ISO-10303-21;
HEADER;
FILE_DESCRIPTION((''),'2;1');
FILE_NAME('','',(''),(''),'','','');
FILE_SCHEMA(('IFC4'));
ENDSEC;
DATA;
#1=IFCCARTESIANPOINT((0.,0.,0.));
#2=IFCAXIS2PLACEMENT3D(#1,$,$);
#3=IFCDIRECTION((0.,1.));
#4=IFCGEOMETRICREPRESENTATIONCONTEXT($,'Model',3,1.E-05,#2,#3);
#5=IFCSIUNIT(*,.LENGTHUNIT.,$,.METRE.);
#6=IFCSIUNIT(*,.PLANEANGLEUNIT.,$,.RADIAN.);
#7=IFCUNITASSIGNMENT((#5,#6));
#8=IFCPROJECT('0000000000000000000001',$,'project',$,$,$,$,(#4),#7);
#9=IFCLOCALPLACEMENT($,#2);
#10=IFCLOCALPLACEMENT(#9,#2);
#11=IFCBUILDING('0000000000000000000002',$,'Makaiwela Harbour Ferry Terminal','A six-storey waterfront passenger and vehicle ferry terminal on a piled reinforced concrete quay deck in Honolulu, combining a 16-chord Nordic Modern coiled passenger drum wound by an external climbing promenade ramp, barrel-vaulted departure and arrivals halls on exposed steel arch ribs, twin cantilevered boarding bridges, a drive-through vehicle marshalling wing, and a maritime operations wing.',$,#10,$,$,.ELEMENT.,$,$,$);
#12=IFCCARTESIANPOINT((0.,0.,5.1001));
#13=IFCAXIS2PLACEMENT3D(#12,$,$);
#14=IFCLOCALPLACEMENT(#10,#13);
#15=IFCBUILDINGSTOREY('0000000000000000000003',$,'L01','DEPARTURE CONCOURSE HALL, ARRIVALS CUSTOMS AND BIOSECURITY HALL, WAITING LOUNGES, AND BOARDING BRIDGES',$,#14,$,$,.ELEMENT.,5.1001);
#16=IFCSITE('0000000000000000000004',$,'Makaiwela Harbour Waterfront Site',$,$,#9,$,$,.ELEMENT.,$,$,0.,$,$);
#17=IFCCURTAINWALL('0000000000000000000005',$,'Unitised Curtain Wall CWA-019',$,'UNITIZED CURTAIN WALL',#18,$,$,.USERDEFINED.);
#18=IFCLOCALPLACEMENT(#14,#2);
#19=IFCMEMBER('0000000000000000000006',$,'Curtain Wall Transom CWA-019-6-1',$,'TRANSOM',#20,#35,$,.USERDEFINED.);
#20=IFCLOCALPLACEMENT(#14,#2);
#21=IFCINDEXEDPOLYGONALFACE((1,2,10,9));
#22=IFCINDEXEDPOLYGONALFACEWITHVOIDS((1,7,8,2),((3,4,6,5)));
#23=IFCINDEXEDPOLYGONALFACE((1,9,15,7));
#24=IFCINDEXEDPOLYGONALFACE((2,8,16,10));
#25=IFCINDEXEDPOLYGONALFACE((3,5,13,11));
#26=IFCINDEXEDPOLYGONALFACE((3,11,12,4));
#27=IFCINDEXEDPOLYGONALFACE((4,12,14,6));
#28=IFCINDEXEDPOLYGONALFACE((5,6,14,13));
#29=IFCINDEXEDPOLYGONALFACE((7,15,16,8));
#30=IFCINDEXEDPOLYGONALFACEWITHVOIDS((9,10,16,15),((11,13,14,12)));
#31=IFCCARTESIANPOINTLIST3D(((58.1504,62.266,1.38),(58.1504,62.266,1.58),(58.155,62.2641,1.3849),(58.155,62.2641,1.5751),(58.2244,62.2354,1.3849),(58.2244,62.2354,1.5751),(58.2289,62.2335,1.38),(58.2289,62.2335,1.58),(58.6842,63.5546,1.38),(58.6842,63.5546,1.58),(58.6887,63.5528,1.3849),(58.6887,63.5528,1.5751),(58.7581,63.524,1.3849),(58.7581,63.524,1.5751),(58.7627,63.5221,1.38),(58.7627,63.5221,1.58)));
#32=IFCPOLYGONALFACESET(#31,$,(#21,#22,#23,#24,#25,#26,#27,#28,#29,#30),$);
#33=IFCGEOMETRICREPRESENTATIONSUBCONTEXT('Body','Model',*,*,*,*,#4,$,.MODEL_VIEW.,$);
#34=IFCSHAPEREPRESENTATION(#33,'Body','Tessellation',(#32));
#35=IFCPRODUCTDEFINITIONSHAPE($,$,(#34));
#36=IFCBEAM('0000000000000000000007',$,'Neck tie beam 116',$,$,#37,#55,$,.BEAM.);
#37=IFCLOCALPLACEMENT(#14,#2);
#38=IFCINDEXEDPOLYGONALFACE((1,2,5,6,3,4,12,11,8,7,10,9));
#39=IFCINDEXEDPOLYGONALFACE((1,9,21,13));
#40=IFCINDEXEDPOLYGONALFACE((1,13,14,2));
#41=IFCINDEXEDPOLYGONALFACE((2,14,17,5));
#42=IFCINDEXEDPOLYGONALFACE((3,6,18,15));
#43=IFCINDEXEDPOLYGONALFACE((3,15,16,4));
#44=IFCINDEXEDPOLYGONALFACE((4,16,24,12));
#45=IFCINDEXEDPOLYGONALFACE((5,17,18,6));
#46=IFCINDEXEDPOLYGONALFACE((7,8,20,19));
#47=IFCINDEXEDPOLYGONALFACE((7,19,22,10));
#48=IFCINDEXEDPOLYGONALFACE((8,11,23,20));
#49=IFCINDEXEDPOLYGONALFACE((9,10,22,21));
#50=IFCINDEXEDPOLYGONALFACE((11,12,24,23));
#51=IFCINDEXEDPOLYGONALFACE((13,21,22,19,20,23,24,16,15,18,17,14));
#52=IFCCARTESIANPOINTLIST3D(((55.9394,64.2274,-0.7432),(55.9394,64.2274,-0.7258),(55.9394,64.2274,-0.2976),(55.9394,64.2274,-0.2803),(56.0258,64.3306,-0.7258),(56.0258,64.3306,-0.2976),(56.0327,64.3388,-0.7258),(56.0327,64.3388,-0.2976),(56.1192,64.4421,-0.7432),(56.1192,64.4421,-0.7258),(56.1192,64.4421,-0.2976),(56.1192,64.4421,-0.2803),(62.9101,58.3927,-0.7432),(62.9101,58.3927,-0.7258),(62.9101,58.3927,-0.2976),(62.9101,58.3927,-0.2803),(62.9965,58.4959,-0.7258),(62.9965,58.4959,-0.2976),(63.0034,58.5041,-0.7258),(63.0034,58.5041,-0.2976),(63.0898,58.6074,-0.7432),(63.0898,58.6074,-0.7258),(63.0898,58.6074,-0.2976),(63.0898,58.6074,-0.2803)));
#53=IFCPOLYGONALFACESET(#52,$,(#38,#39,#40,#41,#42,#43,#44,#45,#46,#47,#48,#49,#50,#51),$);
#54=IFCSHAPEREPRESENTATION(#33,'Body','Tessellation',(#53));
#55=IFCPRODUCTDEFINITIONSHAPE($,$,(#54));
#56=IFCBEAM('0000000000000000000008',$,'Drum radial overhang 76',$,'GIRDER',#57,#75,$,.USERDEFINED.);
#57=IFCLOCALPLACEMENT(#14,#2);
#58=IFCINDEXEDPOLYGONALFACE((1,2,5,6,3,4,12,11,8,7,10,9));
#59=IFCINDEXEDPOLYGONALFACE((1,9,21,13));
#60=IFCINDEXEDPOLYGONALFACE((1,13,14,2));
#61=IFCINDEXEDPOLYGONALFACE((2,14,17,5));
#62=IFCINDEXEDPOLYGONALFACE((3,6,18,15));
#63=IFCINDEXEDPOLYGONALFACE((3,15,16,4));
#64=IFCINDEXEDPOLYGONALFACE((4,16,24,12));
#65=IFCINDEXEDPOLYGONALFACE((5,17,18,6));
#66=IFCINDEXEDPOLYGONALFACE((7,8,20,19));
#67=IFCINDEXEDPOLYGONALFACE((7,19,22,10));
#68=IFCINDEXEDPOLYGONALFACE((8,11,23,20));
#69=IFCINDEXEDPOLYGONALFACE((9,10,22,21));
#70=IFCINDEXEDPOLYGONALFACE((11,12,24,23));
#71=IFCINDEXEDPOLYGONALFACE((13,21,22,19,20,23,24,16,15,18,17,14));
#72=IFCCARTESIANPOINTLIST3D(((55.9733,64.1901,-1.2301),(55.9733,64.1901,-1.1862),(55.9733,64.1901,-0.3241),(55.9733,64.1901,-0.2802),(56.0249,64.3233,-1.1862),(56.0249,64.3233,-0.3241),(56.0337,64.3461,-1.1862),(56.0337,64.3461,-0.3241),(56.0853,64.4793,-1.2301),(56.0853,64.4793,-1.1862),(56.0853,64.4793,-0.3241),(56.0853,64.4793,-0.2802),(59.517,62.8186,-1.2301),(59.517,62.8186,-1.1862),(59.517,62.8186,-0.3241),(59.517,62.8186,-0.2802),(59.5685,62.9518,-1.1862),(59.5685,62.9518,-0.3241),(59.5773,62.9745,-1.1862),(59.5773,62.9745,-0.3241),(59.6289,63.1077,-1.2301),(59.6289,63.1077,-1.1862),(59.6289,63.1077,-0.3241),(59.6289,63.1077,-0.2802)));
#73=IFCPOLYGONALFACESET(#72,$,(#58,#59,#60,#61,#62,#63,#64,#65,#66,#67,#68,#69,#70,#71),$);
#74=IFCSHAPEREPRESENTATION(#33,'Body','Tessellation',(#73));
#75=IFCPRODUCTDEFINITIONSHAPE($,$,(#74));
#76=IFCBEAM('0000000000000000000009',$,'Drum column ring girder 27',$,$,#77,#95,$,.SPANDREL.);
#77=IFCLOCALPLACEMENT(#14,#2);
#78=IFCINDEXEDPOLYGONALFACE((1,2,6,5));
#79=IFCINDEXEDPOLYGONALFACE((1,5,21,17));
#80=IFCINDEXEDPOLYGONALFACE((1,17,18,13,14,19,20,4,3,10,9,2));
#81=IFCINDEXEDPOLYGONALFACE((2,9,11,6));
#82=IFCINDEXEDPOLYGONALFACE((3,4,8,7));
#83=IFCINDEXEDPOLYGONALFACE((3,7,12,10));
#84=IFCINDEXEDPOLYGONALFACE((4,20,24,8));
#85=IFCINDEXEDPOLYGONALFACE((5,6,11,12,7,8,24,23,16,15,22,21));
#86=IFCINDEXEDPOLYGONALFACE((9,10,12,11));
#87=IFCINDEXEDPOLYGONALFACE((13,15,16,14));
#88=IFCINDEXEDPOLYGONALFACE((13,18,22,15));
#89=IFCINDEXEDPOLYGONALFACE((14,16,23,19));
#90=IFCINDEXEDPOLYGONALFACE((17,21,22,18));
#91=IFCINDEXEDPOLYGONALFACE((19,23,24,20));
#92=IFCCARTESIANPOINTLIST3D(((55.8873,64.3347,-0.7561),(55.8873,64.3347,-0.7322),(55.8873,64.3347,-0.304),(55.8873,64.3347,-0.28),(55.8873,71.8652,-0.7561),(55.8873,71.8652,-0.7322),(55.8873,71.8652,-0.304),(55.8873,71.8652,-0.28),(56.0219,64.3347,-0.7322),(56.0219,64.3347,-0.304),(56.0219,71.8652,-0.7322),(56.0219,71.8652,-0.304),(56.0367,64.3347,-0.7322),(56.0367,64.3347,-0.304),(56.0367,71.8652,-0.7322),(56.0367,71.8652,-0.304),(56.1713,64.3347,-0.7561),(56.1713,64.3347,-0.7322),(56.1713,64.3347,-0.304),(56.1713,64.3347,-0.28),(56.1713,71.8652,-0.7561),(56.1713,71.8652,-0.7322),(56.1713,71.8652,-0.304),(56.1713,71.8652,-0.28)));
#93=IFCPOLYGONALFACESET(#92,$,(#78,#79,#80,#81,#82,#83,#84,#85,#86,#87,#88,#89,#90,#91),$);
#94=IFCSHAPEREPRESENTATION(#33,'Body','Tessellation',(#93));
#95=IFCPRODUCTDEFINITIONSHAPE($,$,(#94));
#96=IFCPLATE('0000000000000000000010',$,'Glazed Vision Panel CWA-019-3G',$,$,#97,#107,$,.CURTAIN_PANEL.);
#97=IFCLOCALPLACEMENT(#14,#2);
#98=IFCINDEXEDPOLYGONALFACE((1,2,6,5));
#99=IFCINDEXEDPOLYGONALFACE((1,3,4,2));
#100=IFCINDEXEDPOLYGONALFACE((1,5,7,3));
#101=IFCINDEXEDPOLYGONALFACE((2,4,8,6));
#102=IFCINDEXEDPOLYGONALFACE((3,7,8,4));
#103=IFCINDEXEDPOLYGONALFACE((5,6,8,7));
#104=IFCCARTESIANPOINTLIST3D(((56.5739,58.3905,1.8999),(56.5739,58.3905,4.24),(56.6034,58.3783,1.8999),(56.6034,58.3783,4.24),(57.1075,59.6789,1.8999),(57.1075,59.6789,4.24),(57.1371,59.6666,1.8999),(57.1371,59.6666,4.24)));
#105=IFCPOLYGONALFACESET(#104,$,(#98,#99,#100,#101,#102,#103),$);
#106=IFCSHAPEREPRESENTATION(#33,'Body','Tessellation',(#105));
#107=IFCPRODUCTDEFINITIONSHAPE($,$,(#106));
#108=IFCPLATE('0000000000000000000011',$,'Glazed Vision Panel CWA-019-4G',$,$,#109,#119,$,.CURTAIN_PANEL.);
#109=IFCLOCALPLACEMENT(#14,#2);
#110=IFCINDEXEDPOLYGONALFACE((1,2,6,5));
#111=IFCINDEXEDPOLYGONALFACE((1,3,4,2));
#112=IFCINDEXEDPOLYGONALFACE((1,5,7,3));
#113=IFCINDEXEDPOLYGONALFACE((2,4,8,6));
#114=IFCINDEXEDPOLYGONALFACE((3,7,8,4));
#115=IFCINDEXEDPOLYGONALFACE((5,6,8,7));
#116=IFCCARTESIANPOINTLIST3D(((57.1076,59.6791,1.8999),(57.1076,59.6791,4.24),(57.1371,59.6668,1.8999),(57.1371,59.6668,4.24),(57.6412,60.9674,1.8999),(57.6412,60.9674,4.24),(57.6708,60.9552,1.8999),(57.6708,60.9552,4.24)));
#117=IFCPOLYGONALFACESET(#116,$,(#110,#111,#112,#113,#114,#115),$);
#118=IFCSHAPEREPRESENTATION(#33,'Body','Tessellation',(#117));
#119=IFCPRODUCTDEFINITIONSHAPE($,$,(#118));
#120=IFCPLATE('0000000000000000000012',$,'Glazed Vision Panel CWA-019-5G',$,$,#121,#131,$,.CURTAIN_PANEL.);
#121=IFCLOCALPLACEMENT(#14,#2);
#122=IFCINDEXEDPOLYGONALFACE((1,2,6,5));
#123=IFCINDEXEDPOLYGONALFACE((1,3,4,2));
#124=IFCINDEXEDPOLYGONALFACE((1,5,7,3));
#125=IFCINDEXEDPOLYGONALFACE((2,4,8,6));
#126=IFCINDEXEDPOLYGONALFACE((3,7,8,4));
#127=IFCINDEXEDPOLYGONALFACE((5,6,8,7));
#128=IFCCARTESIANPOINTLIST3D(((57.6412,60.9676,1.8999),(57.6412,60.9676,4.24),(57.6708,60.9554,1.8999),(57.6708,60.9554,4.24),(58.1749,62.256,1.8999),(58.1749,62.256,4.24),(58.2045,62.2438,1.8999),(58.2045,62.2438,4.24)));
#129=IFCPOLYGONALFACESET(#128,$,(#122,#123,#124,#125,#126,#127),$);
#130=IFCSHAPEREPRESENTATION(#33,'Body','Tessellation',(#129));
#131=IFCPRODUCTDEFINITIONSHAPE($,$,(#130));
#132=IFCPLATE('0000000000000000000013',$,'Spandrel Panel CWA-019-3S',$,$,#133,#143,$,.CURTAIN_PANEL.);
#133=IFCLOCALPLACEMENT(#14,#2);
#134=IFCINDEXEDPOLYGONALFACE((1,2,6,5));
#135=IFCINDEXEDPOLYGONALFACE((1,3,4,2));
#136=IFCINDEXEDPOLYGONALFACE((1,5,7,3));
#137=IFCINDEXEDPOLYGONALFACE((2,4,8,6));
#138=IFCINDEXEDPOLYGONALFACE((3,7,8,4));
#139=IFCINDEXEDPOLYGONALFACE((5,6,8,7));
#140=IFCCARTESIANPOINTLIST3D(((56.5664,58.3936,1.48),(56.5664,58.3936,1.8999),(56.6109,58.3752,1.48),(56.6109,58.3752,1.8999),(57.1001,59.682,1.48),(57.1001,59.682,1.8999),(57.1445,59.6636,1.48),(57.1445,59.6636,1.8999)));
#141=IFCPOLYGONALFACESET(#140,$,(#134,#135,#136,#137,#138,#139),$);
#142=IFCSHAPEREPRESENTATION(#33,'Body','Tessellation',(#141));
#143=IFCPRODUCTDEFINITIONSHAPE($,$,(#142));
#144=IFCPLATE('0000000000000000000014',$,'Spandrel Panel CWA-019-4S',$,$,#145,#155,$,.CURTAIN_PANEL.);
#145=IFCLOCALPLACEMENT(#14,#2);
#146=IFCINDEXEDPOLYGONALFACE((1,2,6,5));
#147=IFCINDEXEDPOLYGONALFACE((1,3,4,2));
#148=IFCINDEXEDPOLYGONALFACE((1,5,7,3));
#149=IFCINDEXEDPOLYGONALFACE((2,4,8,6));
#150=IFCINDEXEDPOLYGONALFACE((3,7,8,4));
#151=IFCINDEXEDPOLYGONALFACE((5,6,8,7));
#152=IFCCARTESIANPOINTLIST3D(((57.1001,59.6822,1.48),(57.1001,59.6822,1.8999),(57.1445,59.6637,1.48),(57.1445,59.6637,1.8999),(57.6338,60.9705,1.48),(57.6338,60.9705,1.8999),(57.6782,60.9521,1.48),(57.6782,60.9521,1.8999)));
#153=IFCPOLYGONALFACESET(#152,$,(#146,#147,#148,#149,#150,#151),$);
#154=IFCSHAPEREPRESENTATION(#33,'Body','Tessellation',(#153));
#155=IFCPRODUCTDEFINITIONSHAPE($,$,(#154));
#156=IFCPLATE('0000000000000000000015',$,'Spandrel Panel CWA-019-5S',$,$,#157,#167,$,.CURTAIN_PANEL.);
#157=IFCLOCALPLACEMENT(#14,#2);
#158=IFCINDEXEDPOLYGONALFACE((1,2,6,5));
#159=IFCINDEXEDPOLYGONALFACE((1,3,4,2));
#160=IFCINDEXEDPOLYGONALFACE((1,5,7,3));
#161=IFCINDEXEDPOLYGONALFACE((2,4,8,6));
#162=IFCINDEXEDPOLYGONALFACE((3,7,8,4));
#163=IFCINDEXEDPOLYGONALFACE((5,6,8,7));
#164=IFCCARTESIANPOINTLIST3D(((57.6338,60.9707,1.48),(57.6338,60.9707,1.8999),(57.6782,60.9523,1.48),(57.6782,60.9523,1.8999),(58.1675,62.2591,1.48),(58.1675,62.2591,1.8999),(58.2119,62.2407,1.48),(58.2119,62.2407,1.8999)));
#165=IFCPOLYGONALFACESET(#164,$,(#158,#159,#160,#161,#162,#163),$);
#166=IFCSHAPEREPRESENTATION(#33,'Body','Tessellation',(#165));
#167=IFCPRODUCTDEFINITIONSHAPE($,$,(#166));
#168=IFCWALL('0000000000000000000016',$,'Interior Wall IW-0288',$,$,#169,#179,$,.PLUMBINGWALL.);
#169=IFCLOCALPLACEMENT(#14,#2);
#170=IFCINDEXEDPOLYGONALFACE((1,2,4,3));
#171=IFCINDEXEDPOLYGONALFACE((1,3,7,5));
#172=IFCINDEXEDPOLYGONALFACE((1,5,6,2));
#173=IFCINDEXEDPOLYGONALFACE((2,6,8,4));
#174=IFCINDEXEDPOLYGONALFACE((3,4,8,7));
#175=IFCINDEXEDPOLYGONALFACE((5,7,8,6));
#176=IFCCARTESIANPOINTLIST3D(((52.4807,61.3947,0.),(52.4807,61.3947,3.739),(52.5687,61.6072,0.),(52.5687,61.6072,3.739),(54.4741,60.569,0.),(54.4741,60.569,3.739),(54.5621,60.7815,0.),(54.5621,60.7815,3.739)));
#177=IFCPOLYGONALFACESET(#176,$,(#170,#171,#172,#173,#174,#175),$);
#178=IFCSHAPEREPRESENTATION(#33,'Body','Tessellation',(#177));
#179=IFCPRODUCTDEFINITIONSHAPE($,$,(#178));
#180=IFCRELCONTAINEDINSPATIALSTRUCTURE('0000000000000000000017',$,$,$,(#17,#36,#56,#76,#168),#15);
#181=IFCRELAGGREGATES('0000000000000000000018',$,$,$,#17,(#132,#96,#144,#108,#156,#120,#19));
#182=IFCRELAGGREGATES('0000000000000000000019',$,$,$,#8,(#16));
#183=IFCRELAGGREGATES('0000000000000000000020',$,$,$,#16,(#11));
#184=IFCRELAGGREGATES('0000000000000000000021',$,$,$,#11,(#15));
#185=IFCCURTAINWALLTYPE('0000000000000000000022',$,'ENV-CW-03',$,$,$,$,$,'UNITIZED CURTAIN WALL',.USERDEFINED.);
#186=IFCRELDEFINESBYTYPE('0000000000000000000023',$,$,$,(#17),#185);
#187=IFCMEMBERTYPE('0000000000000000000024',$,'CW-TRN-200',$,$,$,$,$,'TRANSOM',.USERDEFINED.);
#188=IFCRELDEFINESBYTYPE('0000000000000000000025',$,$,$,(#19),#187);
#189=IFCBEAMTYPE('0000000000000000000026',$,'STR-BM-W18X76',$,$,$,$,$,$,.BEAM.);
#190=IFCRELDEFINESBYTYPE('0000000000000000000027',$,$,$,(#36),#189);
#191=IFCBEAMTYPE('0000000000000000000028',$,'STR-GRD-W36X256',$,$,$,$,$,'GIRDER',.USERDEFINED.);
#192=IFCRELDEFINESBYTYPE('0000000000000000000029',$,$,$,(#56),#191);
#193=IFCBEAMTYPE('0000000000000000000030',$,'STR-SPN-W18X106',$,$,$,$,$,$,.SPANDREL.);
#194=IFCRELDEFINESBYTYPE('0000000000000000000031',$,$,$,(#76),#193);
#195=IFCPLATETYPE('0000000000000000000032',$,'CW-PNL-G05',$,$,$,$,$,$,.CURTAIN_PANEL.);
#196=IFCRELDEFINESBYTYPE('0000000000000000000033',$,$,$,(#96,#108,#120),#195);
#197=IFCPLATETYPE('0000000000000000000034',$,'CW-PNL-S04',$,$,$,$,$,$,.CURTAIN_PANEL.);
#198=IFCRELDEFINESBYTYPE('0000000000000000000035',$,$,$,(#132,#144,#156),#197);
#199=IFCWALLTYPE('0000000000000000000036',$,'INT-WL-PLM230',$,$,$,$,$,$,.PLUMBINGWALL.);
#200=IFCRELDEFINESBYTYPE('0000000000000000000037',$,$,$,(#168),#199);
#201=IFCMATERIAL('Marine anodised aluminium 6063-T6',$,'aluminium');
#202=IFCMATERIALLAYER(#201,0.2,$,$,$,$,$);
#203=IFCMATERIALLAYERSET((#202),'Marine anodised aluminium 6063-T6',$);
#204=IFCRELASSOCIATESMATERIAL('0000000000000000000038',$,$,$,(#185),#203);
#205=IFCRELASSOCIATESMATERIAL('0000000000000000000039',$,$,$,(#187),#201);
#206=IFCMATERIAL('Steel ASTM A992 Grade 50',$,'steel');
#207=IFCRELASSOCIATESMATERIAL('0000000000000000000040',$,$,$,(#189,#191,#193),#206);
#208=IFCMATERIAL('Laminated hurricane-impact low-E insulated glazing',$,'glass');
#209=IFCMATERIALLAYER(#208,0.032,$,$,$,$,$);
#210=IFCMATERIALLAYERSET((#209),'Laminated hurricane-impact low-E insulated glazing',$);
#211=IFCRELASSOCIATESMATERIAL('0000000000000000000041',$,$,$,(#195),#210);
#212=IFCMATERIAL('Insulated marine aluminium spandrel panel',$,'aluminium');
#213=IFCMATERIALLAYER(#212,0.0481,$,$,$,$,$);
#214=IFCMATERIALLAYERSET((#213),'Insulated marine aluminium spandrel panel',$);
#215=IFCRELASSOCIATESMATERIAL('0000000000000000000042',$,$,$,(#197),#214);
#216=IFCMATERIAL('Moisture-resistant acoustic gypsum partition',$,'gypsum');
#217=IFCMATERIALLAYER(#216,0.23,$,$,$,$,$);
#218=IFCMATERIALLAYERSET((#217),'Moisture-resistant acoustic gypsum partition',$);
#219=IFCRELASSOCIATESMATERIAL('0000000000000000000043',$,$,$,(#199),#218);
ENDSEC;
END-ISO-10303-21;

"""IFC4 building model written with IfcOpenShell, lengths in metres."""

from ifc_helpers import new_model, si_unit, direction, frame, frame_2d, origin, origin_2d, place, context, subcontext, project, spatial, rectangle, hollow_rectangle, i_section, extrude, material, layer, layer_set, material_profile, profile_set, type_object, element, aggregate, save


model = new_model("IFC4")

# Units and contexts
model_context = context("Model", 3, precision=1e-05, world=origin(), true_north=direction((0.0, 1.0)))
body_context = subcontext(model_context, "Body", "Model", "MODEL_VIEW")
ifc_project = project(units=[si_unit("LENGTHUNIT", "METRE"), si_unit("PLANEANGLEUNIT", "RADIAN")], contexts=[model_context])

# Site, building, storey
site_placement = place(None, origin())
site = spatial("IfcSite", under=ifc_project, at=site_placement, Name="Makaiwela Harbour Waterfront Site", CompositionType="ELEMENT", RefElevation=0.0)
building_placement = place(site_placement, origin())
building = spatial("IfcBuilding", under=site, at=building_placement, Name="Makaiwela Harbour Ferry Terminal", Description="A six-storey waterfront passenger and vehicle ferry terminal on a piled reinforced concrete quay deck in Honolulu, combining a 16-chord Nordic Modern coiled passenger drum wound by an external climbing promenade ramp, barrel-vaulted departure and arrivals halls on exposed steel arch ribs, twin cantilevered boarding bridges, a drive-through vehicle marshalling wing, and a maritime operations wing.", CompositionType="ELEMENT")
storey_placement = place(building_placement, frame((0.0, 0.0, 5.1001)))
storey = spatial("IfcBuildingStorey", under=building, at=storey_placement, Name="L01", Description="DEPARTURE CONCOURSE HALL, ARRIVALS CUSTOMS AND BIOSECURITY HALL, WAITING LOUNGES, AND BOARDING BRIDGES", CompositionType="ELEMENT", Elevation=5.1001)

# Shared definitions
ifc_material_1 = material(Name="Steel ASTM A992 Grade 50", Category="steel")

# Curtain wall, member
ifc_material_2 = material(Name="Marine anodised aluminium 6063-T6", Category="aluminium")
ifc_layer_1 = layer(ifc_material_2, 0.2)
ifc_layer_set_1 = layer_set([ifc_layer_1], Name="Marine anodised aluminium 6063-T6")
curtain_wall_type = type_object("IfcCurtainWallType", Name="ENV-CW-03", ElementType="UNITIZED CURTAIN WALL", PredefinedType="USERDEFINED", material=ifc_layer_set_1)
curtain_wall_placement = place(storey_placement, origin())
curtain_wall = element("IfcCurtainWall", 1, at=curtain_wall_placement, inside=storey, type_object=curtain_wall_type, Name="Unitised Curtain Wall CWA-019", ObjectType="UNITIZED CURTAIN WALL", PredefinedType="USERDEFINED")
ifc_material_profile_1 = material_profile(ifc_material_2, hollow_rectangle(XDim=0.085, YDim=0.2, WallThickness=0.0049, at=origin_2d()), Name="CWT-200X85")
ifc_profile_set_1 = profile_set([ifc_material_profile_1], Name="Marine anodised aluminium 6063-T6")
member_type_1 = type_object("IfcMemberType", Name="CW-TRN-200", ElementType="TRANSOM", PredefinedType="USERDEFINED", material=ifc_profile_set_1)
member_1_placement = place(storey_placement, frame((58.1897, 62.2498, 1.48), z_axis=(0.382651, 0.923893, 0.0), x_axis=(-0.923893, 0.382651, 0.0)))
member_1 = element("IfcMember", 2, at=member_1_placement, type_object=member_type_1, Name="Curtain Wall Transom CWA-019-6-1", ObjectType="TRANSOM", PredefinedType="USERDEFINED", context=body_context, shape_type="SweptSolid", body=[
    extrude(hollow_rectangle(XDim=0.085, YDim=0.2, WallThickness=0.0049, at=origin_2d()), origin(), (0.0, 0.0, 1.0), 1.3948),
])

# Beams
ifc_material_profile_2 = material_profile(ifc_material_1, i_section(OverallWidth=0.28, OverallDepth=0.4629, WebThickness=0.0107, FlangeThickness=0.0173, at=origin_2d()), Name="W18X76")
ifc_profile_set_2 = profile_set([ifc_material_profile_2], Name="Steel ASTM A992 Grade 50")
beam_type_1 = type_object("IfcBeamType", Name="STR-BM-W18X76", PredefinedType="BEAM", material=ifc_profile_set_2)
beam_1_placement = place(storey_placement, frame((56.0293, 64.3347, -0.5117), z_axis=(0.766824, -0.641858, 0.0), x_axis=(0.641858, 0.766824, 0.0)))
element("IfcBeam", 3, at=beam_1_placement, inside=storey, type_object=beam_type_1, Name="Neck tie beam 116", PredefinedType="BEAM", context=body_context, shape_type="SweptSolid", body=[
    extrude(i_section(OverallWidth=0.28, OverallDepth=0.4629, WebThickness=0.0107, FlangeThickness=0.0173, at=origin_2d()), origin(), (0.0, 0.0, 1.0), 9.0903),
])
ifc_material_profile_3 = material_profile(ifc_material_1, i_section(OverallWidth=0.3101, OverallDepth=0.95, WebThickness=0.0244, FlangeThickness=0.0439, at=origin_2d()), Name="W36X256")
ifc_profile_set_3 = profile_set([ifc_material_profile_3], Name="Steel ASTM A992 Grade 50")
beam_type_2 = type_object("IfcBeamType", Name="STR-GRD-W36X256", ElementType="GIRDER", PredefinedType="USERDEFINED", material=ifc_profile_set_3)
beam_2_placement = place(storey_placement, frame((56.0293, 64.3347, -0.7551), z_axis=(0.932583, -0.360954, 0.0), x_axis=(0.360954, 0.932583, 0.0)))
element("IfcBeam", 4, at=beam_2_placement, inside=storey, type_object=beam_type_2, Name="Drum radial overhang 76", ObjectType="GIRDER", PredefinedType="USERDEFINED", context=body_context, shape_type="SweptSolid", body=[
    extrude(i_section(OverallWidth=0.3101, OverallDepth=0.95, WebThickness=0.0244, FlangeThickness=0.0439, at=origin_2d()), origin(), (0.0, 0.0, 1.0), 3.7998),
])
ifc_material_profile_4 = material_profile(ifc_material_1, i_section(OverallWidth=0.2839, OverallDepth=0.4761, WebThickness=0.0149, FlangeThickness=0.0239, at=origin_2d()), Name="W18X106")
ifc_profile_set_4 = profile_set([ifc_material_profile_4], Name="Steel ASTM A992 Grade 50")
beam_type_3 = type_object("IfcBeamType", Name="STR-SPN-W18X106", PredefinedType="SPANDREL", material=ifc_profile_set_4)
beam_3_placement = place(storey_placement, frame((56.0293, 64.3347, -0.5181), z_axis=(0.0, 1.0, 0.0), x_axis=(-1.0, 0.0, 0.0)))
element("IfcBeam", 5, at=beam_3_placement, inside=storey, type_object=beam_type_3, Name="Drum column ring girder 27", PredefinedType="SPANDREL", context=body_context, shape_type="SweptSolid", body=[
    extrude(i_section(OverallWidth=0.2839, OverallDepth=0.4761, WebThickness=0.0149, FlangeThickness=0.0239, at=origin_2d()), origin(), (0.0, 0.0, 1.0), 7.5305),
])

# Plates
ifc_material_3 = material(Name="Laminated hurricane-impact low-E insulated glazing", Category="glass")
ifc_layer_2 = layer(ifc_material_3, 0.032)
ifc_layer_set_2 = layer_set([ifc_layer_2], Name="Laminated hurricane-impact low-E insulated glazing")
plate_type_1 = type_object("IfcPlateType", Name="CW-PNL-G05", PredefinedType="CURTAIN_PANEL", material=ifc_layer_set_2)
plate_1_placement = place(storey_placement, frame((56.8555, 59.0286, 1.8999), z_axis=(0.0, 0.0, 1.0), x_axis=(0.382683, 0.92388, 0.0)))
plate_1 = element("IfcPlate", 6, at=plate_1_placement, type_object=plate_type_1, Name="Glazed Vision Panel CWA-019-3G", PredefinedType="CURTAIN_PANEL", context=body_context, shape_type="SweptSolid", body=[
    extrude(rectangle(XDim=1.3945, YDim=0.032, at=origin_2d()), origin(), (0.0, 0.0, 1.0), 2.3401),
])
plate_2_placement = place(storey_placement, frame((57.3892, 60.3171, 1.8999), z_axis=(0.0, 0.0, 1.0), x_axis=(0.382683, 0.92388, 0.0)))
plate_2 = element("IfcPlate", 7, at=plate_2_placement, type_object=plate_type_1, Name="Glazed Vision Panel CWA-019-4G", PredefinedType="CURTAIN_PANEL", context=body_context, shape_type="SweptSolid", body=[
    extrude(rectangle(XDim=1.3945, YDim=0.032, at=origin_2d()), origin(), (0.0, 0.0, 1.0), 2.3401),
])
plate_3_placement = place(storey_placement, frame((57.9229, 61.6057, 1.8999), z_axis=(0.0, 0.0, 1.0), x_axis=(0.382683, 0.92388, 0.0)))
plate_3 = element("IfcPlate", 8, at=plate_3_placement, type_object=plate_type_1, Name="Glazed Vision Panel CWA-019-5G", PredefinedType="CURTAIN_PANEL", context=body_context, shape_type="SweptSolid", body=[
    extrude(rectangle(XDim=1.3945, YDim=0.032, at=origin_2d()), origin(), (0.0, 0.0, 1.0), 2.3401),
])
ifc_material_4 = material(Name="Insulated marine aluminium spandrel panel", Category="aluminium")
ifc_layer_3 = layer(ifc_material_4, 0.0481)
ifc_layer_set_3 = layer_set([ifc_layer_3], Name="Insulated marine aluminium spandrel panel")
plate_type_2 = type_object("IfcPlateType", Name="CW-PNL-S04", PredefinedType="CURTAIN_PANEL", material=ifc_layer_set_3)
plate_4_placement = place(storey_placement, frame((56.8555, 59.0286, 1.48), z_axis=(0.0, 0.0, 1.0), x_axis=(0.382683, 0.92388, 0.0)))
plate_4 = element("IfcPlate", 9, at=plate_4_placement, type_object=plate_type_2, Name="Spandrel Panel CWA-019-3S", PredefinedType="CURTAIN_PANEL", context=body_context, shape_type="SweptSolid", body=[
    extrude(rectangle(XDim=1.3945, YDim=0.0481, at=origin_2d()), origin(), (0.0, 0.0, 1.0), 0.4199),
])
plate_5_placement = place(storey_placement, frame((57.3892, 60.3171, 1.48), z_axis=(0.0, 0.0, 1.0), x_axis=(0.382683, 0.92388, 0.0)))
plate_5 = element("IfcPlate", 10, at=plate_5_placement, type_object=plate_type_2, Name="Spandrel Panel CWA-019-4S", PredefinedType="CURTAIN_PANEL", context=body_context, shape_type="SweptSolid", body=[
    extrude(rectangle(XDim=1.3945, YDim=0.0481, at=origin_2d()), origin(), (0.0, 0.0, 1.0), 0.4199),
])
plate_6_placement = place(storey_placement, frame((57.9229, 61.6057, 1.48), z_axis=(0.0, 0.0, 1.0), x_axis=(0.382683, 0.92388, 0.0)))
plate_6 = element("IfcPlate", 11, at=plate_6_placement, type_object=plate_type_2, Name="Spandrel Panel CWA-019-5S", PredefinedType="CURTAIN_PANEL", context=body_context, shape_type="SweptSolid", body=[
    extrude(rectangle(XDim=1.3945, YDim=0.0481, at=origin_2d()), origin(), (0.0, 0.0, 1.0), 0.4199),
])
aggregate(curtain_wall, [plate_4, plate_1, plate_5, plate_2, plate_6, plate_3, member_1])

# Shared definitions
ifc_material_5 = material(Name="Moisture-resistant acoustic gypsum partition", Category="gypsum")
ifc_layer_4 = layer(ifc_material_5, 0.23)
ifc_layer_set_4 = layer_set([ifc_layer_4], Name="Moisture-resistant acoustic gypsum partition")
wall_type_1 = type_object("IfcWallType", Name="INT-WL-PLM230", PredefinedType="PLUMBINGWALL", material=ifc_layer_set_4)

# Wall
wall_1_placement = place(storey_placement, frame((52.5247, 61.501, 0.0), z_axis=(0.0, 0.0, 1.0), x_axis=(0.923882, -0.382678, 0.0)))
element("IfcWall", 12, at=wall_1_placement, inside=storey, type_object=wall_type_1, Name="Interior Wall IW-0288", PredefinedType="PLUMBINGWALL", context=body_context, shape_type="SweptSolid", body=[
    extrude(rectangle(XDim=2.1577, YDim=0.23, at=frame_2d((1.0789, 0.0))), origin(), (0.0, 0.0, 1.0), 3.739),
])

save(model, "model.ifc")
